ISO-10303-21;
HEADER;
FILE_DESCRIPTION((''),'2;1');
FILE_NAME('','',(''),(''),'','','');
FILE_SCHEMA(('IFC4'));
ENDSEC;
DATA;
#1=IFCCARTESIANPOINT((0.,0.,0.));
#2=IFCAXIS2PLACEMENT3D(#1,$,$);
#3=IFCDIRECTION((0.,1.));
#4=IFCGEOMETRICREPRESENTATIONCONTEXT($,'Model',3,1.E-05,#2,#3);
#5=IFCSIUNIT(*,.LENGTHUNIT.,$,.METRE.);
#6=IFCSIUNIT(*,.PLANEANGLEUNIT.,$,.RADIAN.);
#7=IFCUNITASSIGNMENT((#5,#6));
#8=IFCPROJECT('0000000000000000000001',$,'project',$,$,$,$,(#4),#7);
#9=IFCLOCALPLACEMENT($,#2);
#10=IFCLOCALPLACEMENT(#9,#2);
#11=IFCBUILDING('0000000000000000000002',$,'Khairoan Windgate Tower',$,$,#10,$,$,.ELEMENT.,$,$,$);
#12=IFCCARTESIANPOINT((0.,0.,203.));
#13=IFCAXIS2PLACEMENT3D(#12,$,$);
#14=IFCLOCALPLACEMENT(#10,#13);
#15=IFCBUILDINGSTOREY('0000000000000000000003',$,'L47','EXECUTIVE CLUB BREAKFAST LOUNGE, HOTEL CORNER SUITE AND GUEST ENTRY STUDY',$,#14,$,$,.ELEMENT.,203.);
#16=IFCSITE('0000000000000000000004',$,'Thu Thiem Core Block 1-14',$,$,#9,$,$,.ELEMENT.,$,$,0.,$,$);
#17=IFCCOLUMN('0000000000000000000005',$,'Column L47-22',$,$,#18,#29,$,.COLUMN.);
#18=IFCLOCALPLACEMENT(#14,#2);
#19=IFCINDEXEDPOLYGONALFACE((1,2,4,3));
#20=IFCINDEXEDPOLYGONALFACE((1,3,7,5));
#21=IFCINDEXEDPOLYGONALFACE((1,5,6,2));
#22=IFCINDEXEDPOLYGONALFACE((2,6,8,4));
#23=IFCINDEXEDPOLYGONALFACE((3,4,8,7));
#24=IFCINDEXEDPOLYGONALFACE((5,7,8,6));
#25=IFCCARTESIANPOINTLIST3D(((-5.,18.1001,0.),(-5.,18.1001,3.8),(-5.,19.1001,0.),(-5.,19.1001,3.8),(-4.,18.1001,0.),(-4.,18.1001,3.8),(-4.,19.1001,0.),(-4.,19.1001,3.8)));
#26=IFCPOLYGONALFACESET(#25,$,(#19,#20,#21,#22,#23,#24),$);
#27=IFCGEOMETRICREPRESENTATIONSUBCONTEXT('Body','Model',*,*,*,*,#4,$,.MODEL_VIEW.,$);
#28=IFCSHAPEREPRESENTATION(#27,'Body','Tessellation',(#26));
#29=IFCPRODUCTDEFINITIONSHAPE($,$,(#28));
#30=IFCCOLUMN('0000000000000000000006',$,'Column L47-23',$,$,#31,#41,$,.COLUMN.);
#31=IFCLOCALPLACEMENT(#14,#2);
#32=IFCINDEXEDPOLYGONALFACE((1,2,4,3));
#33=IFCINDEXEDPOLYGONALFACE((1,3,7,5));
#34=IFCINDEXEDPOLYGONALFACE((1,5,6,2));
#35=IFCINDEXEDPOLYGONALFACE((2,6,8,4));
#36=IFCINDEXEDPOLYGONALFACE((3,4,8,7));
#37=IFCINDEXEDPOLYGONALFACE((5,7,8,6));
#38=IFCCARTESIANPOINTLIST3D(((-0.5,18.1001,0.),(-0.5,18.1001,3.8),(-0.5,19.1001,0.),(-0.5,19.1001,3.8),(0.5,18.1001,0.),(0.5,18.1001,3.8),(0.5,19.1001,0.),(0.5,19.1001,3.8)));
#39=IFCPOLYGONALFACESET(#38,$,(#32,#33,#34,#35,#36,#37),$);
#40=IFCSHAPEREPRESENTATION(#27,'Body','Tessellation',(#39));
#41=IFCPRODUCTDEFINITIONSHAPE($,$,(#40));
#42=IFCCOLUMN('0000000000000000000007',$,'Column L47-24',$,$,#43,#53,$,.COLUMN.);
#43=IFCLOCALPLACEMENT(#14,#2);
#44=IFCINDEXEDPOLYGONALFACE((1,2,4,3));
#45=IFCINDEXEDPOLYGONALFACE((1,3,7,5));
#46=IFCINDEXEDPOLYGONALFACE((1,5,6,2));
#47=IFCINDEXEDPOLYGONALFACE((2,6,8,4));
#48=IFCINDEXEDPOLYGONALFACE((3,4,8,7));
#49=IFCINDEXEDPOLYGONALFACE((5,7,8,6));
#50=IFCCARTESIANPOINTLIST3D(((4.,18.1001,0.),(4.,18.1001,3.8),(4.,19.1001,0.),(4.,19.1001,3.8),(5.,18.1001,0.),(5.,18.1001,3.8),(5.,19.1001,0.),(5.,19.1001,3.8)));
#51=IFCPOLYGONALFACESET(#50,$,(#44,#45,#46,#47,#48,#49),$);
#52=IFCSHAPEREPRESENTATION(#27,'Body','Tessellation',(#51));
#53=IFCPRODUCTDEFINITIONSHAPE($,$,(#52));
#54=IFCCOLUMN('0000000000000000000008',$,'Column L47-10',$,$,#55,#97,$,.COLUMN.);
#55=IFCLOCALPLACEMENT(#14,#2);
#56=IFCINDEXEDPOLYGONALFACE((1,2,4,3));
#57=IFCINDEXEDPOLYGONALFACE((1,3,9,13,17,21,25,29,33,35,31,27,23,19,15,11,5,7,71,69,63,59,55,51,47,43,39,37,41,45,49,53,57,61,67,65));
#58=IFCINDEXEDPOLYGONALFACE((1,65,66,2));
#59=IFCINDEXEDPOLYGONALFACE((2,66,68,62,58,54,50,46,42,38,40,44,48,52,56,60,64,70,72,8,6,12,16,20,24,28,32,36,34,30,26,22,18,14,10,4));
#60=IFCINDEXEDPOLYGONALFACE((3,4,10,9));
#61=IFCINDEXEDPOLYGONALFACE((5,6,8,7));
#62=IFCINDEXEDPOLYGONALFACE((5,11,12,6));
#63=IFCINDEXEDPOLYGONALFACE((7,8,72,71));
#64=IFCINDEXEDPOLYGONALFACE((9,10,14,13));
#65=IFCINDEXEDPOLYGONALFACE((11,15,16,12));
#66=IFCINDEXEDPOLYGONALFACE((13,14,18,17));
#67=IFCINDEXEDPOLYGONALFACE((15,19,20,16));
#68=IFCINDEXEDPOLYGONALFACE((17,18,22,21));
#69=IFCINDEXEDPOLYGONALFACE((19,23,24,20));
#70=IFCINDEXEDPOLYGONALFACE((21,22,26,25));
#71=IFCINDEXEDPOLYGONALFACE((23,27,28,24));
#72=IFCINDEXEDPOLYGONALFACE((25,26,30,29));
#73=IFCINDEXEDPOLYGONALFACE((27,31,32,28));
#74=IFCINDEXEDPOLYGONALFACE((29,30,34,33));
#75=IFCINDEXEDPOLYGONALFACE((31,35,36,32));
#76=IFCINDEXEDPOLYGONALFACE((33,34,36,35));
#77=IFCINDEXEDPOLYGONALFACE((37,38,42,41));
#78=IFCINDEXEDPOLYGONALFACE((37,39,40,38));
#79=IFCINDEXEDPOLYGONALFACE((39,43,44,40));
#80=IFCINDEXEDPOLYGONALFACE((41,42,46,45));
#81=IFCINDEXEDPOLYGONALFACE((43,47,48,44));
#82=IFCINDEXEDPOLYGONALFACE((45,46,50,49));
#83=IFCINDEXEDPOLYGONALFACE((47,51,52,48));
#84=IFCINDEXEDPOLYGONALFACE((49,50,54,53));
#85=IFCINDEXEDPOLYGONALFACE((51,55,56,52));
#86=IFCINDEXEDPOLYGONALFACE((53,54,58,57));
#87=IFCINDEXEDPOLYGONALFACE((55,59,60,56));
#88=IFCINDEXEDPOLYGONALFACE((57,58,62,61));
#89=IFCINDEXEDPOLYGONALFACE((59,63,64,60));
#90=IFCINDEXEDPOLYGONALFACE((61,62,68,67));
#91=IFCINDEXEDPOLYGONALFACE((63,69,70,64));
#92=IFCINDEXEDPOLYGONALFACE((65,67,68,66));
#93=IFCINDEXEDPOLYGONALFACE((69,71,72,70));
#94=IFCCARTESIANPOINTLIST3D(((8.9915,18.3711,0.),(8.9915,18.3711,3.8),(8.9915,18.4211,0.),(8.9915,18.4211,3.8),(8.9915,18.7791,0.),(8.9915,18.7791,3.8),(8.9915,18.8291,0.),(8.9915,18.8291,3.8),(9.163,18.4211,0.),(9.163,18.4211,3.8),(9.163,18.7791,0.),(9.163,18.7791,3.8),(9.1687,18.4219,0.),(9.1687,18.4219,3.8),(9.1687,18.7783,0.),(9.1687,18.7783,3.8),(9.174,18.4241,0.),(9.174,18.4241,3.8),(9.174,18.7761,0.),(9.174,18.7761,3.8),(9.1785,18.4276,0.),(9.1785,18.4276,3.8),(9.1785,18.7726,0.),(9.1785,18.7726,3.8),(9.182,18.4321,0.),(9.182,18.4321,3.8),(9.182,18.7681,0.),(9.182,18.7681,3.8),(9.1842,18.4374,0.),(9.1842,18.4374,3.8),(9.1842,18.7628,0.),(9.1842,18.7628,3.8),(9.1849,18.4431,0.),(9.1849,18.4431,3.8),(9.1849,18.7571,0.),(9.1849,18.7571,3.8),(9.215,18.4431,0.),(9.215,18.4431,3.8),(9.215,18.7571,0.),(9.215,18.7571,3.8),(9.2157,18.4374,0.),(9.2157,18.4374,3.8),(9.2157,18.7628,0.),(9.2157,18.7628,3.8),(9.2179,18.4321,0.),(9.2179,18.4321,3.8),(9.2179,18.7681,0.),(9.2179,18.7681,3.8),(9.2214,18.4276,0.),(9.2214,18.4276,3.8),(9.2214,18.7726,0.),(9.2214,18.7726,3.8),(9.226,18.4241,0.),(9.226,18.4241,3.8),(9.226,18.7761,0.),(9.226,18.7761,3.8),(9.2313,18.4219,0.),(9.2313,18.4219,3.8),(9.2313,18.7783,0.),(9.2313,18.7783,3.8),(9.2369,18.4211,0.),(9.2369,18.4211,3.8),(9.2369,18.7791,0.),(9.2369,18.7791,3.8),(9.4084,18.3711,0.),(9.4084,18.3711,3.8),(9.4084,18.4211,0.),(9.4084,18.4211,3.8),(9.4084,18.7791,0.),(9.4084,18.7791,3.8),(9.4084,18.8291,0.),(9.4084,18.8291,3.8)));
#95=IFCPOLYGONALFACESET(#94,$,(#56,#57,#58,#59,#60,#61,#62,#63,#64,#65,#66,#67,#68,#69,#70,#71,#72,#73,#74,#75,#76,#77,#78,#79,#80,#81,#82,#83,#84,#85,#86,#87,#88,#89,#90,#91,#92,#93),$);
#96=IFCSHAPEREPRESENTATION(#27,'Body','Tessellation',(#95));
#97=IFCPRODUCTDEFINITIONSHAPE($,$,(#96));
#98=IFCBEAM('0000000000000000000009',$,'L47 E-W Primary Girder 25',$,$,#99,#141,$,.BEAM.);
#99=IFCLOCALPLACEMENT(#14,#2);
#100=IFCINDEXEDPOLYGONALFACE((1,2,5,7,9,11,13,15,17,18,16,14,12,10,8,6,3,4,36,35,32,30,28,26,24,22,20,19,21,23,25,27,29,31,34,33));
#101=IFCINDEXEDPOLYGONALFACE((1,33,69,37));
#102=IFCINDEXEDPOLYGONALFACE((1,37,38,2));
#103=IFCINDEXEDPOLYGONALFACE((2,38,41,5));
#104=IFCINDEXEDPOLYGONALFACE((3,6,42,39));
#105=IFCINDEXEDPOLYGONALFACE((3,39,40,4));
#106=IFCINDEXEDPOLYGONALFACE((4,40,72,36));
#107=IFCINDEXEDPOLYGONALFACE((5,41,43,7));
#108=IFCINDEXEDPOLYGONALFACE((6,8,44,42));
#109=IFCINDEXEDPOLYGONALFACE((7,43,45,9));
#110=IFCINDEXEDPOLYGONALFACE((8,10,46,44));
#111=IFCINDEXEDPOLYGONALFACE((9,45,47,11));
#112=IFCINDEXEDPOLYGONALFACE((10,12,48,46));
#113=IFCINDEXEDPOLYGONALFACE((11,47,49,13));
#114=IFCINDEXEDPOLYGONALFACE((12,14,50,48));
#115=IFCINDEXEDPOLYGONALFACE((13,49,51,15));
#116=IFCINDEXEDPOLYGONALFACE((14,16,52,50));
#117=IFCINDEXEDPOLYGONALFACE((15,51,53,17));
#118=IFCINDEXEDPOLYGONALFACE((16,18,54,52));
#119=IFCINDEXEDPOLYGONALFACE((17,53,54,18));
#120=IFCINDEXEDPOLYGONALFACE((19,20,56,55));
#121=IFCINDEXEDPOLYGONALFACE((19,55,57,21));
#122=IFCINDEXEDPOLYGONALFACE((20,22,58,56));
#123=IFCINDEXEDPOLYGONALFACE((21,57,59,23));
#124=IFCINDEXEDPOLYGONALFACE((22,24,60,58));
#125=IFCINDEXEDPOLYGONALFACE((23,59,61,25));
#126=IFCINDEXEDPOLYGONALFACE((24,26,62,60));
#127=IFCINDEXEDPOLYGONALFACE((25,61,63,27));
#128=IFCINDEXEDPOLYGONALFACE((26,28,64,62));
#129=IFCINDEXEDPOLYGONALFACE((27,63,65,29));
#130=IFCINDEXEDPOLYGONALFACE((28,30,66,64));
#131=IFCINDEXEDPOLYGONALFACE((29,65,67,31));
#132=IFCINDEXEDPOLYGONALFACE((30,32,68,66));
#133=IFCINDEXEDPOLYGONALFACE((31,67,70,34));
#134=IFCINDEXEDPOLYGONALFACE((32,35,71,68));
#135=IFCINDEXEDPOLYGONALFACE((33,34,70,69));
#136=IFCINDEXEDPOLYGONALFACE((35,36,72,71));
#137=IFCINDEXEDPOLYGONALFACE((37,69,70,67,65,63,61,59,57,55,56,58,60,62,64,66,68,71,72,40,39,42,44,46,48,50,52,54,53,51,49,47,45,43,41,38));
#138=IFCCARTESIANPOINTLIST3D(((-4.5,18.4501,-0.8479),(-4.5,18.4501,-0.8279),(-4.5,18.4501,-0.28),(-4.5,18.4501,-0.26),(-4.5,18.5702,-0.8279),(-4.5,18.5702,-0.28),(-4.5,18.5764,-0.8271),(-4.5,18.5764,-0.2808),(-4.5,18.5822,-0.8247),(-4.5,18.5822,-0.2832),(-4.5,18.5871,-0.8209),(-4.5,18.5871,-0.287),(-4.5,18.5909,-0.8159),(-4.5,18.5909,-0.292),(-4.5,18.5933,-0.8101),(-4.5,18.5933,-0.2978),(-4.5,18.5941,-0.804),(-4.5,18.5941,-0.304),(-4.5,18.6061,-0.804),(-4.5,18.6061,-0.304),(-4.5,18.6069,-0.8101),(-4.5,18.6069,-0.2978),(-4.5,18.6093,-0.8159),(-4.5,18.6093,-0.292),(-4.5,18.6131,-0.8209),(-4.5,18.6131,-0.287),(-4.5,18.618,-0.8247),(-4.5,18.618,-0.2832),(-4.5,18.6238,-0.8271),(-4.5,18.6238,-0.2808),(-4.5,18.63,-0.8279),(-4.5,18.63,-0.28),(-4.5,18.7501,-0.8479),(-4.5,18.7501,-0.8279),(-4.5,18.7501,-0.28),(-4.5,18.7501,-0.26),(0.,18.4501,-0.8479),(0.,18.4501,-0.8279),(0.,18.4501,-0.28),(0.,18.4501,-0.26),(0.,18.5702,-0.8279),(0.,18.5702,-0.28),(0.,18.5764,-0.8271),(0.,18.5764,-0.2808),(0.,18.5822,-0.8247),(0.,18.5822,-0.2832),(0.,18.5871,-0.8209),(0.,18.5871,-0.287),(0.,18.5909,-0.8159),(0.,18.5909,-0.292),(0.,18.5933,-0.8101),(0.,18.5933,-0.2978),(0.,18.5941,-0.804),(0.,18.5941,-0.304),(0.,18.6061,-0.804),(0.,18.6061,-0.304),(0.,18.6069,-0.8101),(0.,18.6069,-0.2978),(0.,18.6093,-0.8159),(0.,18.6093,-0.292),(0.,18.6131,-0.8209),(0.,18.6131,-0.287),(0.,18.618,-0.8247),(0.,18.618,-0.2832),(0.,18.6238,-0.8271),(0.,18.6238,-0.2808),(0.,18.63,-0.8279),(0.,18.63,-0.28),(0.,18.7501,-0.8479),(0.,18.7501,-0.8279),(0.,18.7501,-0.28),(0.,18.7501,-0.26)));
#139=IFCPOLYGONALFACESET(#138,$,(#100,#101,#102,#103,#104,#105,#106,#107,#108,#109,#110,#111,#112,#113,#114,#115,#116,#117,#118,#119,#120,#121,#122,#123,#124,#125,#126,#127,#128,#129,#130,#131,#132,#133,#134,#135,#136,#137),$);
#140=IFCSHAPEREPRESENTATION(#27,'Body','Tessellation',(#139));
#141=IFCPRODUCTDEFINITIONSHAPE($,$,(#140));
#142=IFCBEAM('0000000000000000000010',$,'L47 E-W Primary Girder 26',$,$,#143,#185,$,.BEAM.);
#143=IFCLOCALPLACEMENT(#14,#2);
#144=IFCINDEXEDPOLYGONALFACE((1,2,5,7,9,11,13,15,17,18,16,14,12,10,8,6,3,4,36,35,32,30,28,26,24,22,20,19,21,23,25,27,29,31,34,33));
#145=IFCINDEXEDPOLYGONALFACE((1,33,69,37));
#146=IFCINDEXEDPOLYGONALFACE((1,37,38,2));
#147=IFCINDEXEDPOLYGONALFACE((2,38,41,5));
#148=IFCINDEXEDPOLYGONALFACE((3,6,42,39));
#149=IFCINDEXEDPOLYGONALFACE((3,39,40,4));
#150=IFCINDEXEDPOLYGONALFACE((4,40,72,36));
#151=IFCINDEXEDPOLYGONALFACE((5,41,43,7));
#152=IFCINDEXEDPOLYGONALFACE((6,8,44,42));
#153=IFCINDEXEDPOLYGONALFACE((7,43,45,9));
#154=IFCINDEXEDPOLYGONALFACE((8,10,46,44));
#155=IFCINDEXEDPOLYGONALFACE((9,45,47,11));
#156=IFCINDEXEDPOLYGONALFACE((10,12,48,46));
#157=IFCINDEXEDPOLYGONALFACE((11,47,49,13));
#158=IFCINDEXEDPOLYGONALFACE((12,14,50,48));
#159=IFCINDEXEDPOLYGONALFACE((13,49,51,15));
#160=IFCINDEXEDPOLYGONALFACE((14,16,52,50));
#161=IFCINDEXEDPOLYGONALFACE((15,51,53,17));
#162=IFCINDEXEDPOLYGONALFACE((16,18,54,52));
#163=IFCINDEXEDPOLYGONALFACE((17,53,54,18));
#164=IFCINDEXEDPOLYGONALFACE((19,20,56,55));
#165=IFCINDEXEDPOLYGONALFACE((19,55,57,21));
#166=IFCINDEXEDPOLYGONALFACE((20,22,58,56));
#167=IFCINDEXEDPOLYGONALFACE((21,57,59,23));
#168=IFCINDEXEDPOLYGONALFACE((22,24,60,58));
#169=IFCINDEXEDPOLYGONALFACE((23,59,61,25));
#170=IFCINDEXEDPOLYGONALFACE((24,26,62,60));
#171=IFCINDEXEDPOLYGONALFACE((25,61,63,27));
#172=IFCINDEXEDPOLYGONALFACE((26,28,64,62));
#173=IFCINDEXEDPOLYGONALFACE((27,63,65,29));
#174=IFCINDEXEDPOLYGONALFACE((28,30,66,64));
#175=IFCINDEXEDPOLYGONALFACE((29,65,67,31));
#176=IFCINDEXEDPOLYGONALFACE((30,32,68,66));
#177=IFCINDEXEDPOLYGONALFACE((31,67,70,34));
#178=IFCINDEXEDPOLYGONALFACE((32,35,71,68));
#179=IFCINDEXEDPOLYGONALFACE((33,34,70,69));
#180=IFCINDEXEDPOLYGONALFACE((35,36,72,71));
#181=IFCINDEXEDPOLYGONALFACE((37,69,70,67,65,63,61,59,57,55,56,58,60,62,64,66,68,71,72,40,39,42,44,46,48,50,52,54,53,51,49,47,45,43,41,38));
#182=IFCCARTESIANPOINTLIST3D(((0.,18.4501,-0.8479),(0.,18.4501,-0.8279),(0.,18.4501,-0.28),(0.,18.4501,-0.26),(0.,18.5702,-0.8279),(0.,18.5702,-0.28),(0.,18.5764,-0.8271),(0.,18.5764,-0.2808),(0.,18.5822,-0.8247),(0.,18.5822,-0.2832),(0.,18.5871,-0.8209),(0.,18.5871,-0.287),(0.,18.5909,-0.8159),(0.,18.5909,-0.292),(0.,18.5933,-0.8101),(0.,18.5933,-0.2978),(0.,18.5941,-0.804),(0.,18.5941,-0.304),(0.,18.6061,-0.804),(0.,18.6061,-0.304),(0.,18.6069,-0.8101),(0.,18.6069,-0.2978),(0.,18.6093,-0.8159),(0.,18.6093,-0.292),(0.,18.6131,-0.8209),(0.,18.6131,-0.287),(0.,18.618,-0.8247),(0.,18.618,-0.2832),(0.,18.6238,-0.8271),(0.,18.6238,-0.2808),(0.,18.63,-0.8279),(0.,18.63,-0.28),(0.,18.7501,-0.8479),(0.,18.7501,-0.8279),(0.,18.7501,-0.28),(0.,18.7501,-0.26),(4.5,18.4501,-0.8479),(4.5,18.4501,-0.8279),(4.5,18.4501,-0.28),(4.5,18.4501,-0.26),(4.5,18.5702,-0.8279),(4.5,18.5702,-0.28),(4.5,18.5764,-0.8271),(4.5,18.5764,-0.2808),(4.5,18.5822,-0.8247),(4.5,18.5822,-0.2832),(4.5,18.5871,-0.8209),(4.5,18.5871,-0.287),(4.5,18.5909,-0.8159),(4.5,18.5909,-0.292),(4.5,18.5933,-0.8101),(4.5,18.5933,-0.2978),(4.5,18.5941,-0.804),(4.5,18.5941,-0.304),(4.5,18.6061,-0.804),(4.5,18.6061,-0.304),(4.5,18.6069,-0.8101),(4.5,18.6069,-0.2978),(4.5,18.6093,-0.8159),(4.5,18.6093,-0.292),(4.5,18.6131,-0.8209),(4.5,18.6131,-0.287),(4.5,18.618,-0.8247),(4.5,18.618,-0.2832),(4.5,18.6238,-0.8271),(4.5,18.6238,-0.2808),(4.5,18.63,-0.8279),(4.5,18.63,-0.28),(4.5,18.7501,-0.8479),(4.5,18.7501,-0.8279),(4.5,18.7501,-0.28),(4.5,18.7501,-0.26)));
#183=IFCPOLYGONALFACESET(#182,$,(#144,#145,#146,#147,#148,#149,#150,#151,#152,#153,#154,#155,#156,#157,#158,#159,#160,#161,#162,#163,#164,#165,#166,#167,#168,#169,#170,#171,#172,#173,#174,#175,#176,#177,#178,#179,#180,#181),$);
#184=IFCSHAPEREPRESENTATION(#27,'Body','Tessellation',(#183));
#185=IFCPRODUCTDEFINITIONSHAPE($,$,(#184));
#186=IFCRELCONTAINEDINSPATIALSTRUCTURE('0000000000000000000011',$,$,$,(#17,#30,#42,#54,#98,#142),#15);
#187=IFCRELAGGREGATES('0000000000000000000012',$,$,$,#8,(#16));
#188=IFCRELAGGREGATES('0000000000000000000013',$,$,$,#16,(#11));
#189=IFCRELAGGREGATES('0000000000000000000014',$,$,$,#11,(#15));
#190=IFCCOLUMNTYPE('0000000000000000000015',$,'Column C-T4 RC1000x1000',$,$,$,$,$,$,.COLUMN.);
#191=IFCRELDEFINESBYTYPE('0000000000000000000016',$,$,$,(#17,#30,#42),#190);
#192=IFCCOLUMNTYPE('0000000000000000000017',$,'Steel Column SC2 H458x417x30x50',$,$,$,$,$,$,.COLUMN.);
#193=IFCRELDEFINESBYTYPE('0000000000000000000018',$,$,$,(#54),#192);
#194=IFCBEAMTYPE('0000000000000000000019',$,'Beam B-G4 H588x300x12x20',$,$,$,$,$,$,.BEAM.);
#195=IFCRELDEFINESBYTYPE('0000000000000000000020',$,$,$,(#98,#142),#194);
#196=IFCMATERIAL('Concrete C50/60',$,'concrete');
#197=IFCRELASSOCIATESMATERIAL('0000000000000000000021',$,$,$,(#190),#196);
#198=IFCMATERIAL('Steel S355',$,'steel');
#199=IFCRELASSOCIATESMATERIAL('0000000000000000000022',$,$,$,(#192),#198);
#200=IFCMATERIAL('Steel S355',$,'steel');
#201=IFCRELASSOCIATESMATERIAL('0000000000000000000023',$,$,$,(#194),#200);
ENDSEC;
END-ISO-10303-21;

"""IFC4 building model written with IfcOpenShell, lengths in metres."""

from ifc_helpers import new_model, si_unit, direction, frame, origin, origin_2d, place, context, subcontext, project, spatial, rectangle, i_section, extrude, material, material_profile, profile_set, type_object, element, save


model = new_model("IFC4")

# Units and contexts
model_context = context("Model", 3, precision=1e-05, world=origin(), true_north=direction((0.0, 1.0)))
body_context = subcontext(model_context, "Body", "Model", "MODEL_VIEW")
ifc_project = project(units=[si_unit("LENGTHUNIT", "METRE"), si_unit("PLANEANGLEUNIT", "RADIAN")], contexts=[model_context])

# Site, building, storey
site_placement = place(None, origin())
site = spatial("IfcSite", under=ifc_project, at=site_placement, Name="Thu Thiem Core Block 1-14", CompositionType="ELEMENT", RefElevation=0.0)
building_placement = place(site_placement, origin())
building = spatial("IfcBuilding", under=site, at=building_placement, Name="Khairoan Windgate Tower", CompositionType="ELEMENT")
storey_placement = place(building_placement, frame((0.0, 0.0, 203.0)))
storey = spatial("IfcBuildingStorey", under=building, at=storey_placement, Name="L47", Description="EXECUTIVE CLUB BREAKFAST LOUNGE, HOTEL CORNER SUITE AND GUEST ENTRY STUDY", CompositionType="ELEMENT", Elevation=203.0)

# Columns
ifc_material_1 = material(Name="Concrete C50/60", Category="concrete")
ifc_material_profile_1 = material_profile(ifc_material_1, rectangle(XDim=1.0, YDim=1.0, at=origin_2d()))
ifc_profile_set_1 = profile_set([ifc_material_profile_1], Name="Concrete C50/60")
column_type_1 = type_object("IfcColumnType", Name="Column C-T4 RC1000x1000", PredefinedType="COLUMN", material=ifc_profile_set_1)
for number, where, z_axis, x_axis, name in (
    (1, (-4.5, 18.6001, 0.0), (0.0, 0.0, 1.0), (1.0, 0.0, 0.0), "Column L47-22"),
    (2, (0.0, 18.6001, 0.0), (0.0, 0.0, 1.0), (1.0, 0.0, 0.0), "Column L47-23"),
    (3, (4.5, 18.6001, 0.0), (0.0, 0.0, 1.0), (1.0, 0.0, 0.0), "Column L47-24"),
):
    element("IfcColumn", number, at=place(storey_placement, frame(where, z_axis=z_axis, x_axis=x_axis)), inside=storey, type_object=column_type_1, Name=name, PredefinedType="COLUMN", context=body_context, shape_type="SweptSolid", body=[
        extrude(rectangle(XDim=1.0, YDim=1.0, at=origin_2d()), origin(), (0.0, 0.0, 1.0), 3.8),
    ])
ifc_material_2 = material(Name="Steel S355", Category="steel")
ifc_material_profile_2 = material_profile(ifc_material_2, i_section(OverallWidth=0.417, OverallDepth=0.458, WebThickness=0.03, FlangeThickness=0.05, FilletRadius=0.022, at=origin_2d()))
ifc_profile_set_2 = profile_set([ifc_material_profile_2], Name="Steel S355")
column_type_2 = type_object("IfcColumnType", Name="Steel Column SC2 H458x417x30x50", PredefinedType="COLUMN", material=ifc_profile_set_2)
column_placement = place(storey_placement, frame((9.2, 18.6001, 0.0), z_axis=(0.0, 0.0, 1.0), x_axis=(1.0, 0.0, 0.0)))
element("IfcColumn", 4, at=column_placement, inside=storey, type_object=column_type_2, Name="Column L47-10", PredefinedType="COLUMN", context=body_context, shape_type="SweptSolid", body=[
    extrude(i_section(OverallWidth=0.417, OverallDepth=0.458, WebThickness=0.03, FlangeThickness=0.05, FilletRadius=0.022, at=origin_2d()), origin(), (0.0, 0.0, 1.0), 3.8),
])

# Beams
ifc_material_3 = material(Name="Steel S355", Category="steel")
ifc_material_profile_3 = material_profile(ifc_material_3, i_section(OverallWidth=0.3, OverallDepth=0.5879, WebThickness=0.012, FlangeThickness=0.02, FilletRadius=0.0239, at=origin_2d()))
ifc_profile_set_3 = profile_set([ifc_material_profile_3], Name="Steel S355")
beam_type = type_object("IfcBeamType", Name="Beam B-G4 H588x300x12x20", PredefinedType="BEAM", material=ifc_profile_set_3)
for number, where, z_axis, x_axis, name in (
    (5, (-4.5, 18.6001, -0.554), (1.0, 0.0, 0.0), (0.0, 1.0, 0.0), "L47 E-W Primary Girder 25"),
    (6, (0.0, 18.6001, -0.554), (1.0, 0.0, 0.0), (0.0, 1.0, 0.0), "L47 E-W Primary Girder 26"),
):
    element("IfcBeam", number, at=place(storey_placement, frame(where, z_axis=z_axis, x_axis=x_axis)), inside=storey, type_object=beam_type, Name=name, PredefinedType="BEAM", context=body_context, shape_type="SweptSolid", body=[
        extrude(i_section(OverallWidth=0.3, OverallDepth=0.5879, WebThickness=0.012, FlangeThickness=0.02, FilletRadius=0.0239, at=origin_2d()), origin(), (0.0, 0.0, 1.0), 4.5),
    ])

save(model, "model.ifc")
